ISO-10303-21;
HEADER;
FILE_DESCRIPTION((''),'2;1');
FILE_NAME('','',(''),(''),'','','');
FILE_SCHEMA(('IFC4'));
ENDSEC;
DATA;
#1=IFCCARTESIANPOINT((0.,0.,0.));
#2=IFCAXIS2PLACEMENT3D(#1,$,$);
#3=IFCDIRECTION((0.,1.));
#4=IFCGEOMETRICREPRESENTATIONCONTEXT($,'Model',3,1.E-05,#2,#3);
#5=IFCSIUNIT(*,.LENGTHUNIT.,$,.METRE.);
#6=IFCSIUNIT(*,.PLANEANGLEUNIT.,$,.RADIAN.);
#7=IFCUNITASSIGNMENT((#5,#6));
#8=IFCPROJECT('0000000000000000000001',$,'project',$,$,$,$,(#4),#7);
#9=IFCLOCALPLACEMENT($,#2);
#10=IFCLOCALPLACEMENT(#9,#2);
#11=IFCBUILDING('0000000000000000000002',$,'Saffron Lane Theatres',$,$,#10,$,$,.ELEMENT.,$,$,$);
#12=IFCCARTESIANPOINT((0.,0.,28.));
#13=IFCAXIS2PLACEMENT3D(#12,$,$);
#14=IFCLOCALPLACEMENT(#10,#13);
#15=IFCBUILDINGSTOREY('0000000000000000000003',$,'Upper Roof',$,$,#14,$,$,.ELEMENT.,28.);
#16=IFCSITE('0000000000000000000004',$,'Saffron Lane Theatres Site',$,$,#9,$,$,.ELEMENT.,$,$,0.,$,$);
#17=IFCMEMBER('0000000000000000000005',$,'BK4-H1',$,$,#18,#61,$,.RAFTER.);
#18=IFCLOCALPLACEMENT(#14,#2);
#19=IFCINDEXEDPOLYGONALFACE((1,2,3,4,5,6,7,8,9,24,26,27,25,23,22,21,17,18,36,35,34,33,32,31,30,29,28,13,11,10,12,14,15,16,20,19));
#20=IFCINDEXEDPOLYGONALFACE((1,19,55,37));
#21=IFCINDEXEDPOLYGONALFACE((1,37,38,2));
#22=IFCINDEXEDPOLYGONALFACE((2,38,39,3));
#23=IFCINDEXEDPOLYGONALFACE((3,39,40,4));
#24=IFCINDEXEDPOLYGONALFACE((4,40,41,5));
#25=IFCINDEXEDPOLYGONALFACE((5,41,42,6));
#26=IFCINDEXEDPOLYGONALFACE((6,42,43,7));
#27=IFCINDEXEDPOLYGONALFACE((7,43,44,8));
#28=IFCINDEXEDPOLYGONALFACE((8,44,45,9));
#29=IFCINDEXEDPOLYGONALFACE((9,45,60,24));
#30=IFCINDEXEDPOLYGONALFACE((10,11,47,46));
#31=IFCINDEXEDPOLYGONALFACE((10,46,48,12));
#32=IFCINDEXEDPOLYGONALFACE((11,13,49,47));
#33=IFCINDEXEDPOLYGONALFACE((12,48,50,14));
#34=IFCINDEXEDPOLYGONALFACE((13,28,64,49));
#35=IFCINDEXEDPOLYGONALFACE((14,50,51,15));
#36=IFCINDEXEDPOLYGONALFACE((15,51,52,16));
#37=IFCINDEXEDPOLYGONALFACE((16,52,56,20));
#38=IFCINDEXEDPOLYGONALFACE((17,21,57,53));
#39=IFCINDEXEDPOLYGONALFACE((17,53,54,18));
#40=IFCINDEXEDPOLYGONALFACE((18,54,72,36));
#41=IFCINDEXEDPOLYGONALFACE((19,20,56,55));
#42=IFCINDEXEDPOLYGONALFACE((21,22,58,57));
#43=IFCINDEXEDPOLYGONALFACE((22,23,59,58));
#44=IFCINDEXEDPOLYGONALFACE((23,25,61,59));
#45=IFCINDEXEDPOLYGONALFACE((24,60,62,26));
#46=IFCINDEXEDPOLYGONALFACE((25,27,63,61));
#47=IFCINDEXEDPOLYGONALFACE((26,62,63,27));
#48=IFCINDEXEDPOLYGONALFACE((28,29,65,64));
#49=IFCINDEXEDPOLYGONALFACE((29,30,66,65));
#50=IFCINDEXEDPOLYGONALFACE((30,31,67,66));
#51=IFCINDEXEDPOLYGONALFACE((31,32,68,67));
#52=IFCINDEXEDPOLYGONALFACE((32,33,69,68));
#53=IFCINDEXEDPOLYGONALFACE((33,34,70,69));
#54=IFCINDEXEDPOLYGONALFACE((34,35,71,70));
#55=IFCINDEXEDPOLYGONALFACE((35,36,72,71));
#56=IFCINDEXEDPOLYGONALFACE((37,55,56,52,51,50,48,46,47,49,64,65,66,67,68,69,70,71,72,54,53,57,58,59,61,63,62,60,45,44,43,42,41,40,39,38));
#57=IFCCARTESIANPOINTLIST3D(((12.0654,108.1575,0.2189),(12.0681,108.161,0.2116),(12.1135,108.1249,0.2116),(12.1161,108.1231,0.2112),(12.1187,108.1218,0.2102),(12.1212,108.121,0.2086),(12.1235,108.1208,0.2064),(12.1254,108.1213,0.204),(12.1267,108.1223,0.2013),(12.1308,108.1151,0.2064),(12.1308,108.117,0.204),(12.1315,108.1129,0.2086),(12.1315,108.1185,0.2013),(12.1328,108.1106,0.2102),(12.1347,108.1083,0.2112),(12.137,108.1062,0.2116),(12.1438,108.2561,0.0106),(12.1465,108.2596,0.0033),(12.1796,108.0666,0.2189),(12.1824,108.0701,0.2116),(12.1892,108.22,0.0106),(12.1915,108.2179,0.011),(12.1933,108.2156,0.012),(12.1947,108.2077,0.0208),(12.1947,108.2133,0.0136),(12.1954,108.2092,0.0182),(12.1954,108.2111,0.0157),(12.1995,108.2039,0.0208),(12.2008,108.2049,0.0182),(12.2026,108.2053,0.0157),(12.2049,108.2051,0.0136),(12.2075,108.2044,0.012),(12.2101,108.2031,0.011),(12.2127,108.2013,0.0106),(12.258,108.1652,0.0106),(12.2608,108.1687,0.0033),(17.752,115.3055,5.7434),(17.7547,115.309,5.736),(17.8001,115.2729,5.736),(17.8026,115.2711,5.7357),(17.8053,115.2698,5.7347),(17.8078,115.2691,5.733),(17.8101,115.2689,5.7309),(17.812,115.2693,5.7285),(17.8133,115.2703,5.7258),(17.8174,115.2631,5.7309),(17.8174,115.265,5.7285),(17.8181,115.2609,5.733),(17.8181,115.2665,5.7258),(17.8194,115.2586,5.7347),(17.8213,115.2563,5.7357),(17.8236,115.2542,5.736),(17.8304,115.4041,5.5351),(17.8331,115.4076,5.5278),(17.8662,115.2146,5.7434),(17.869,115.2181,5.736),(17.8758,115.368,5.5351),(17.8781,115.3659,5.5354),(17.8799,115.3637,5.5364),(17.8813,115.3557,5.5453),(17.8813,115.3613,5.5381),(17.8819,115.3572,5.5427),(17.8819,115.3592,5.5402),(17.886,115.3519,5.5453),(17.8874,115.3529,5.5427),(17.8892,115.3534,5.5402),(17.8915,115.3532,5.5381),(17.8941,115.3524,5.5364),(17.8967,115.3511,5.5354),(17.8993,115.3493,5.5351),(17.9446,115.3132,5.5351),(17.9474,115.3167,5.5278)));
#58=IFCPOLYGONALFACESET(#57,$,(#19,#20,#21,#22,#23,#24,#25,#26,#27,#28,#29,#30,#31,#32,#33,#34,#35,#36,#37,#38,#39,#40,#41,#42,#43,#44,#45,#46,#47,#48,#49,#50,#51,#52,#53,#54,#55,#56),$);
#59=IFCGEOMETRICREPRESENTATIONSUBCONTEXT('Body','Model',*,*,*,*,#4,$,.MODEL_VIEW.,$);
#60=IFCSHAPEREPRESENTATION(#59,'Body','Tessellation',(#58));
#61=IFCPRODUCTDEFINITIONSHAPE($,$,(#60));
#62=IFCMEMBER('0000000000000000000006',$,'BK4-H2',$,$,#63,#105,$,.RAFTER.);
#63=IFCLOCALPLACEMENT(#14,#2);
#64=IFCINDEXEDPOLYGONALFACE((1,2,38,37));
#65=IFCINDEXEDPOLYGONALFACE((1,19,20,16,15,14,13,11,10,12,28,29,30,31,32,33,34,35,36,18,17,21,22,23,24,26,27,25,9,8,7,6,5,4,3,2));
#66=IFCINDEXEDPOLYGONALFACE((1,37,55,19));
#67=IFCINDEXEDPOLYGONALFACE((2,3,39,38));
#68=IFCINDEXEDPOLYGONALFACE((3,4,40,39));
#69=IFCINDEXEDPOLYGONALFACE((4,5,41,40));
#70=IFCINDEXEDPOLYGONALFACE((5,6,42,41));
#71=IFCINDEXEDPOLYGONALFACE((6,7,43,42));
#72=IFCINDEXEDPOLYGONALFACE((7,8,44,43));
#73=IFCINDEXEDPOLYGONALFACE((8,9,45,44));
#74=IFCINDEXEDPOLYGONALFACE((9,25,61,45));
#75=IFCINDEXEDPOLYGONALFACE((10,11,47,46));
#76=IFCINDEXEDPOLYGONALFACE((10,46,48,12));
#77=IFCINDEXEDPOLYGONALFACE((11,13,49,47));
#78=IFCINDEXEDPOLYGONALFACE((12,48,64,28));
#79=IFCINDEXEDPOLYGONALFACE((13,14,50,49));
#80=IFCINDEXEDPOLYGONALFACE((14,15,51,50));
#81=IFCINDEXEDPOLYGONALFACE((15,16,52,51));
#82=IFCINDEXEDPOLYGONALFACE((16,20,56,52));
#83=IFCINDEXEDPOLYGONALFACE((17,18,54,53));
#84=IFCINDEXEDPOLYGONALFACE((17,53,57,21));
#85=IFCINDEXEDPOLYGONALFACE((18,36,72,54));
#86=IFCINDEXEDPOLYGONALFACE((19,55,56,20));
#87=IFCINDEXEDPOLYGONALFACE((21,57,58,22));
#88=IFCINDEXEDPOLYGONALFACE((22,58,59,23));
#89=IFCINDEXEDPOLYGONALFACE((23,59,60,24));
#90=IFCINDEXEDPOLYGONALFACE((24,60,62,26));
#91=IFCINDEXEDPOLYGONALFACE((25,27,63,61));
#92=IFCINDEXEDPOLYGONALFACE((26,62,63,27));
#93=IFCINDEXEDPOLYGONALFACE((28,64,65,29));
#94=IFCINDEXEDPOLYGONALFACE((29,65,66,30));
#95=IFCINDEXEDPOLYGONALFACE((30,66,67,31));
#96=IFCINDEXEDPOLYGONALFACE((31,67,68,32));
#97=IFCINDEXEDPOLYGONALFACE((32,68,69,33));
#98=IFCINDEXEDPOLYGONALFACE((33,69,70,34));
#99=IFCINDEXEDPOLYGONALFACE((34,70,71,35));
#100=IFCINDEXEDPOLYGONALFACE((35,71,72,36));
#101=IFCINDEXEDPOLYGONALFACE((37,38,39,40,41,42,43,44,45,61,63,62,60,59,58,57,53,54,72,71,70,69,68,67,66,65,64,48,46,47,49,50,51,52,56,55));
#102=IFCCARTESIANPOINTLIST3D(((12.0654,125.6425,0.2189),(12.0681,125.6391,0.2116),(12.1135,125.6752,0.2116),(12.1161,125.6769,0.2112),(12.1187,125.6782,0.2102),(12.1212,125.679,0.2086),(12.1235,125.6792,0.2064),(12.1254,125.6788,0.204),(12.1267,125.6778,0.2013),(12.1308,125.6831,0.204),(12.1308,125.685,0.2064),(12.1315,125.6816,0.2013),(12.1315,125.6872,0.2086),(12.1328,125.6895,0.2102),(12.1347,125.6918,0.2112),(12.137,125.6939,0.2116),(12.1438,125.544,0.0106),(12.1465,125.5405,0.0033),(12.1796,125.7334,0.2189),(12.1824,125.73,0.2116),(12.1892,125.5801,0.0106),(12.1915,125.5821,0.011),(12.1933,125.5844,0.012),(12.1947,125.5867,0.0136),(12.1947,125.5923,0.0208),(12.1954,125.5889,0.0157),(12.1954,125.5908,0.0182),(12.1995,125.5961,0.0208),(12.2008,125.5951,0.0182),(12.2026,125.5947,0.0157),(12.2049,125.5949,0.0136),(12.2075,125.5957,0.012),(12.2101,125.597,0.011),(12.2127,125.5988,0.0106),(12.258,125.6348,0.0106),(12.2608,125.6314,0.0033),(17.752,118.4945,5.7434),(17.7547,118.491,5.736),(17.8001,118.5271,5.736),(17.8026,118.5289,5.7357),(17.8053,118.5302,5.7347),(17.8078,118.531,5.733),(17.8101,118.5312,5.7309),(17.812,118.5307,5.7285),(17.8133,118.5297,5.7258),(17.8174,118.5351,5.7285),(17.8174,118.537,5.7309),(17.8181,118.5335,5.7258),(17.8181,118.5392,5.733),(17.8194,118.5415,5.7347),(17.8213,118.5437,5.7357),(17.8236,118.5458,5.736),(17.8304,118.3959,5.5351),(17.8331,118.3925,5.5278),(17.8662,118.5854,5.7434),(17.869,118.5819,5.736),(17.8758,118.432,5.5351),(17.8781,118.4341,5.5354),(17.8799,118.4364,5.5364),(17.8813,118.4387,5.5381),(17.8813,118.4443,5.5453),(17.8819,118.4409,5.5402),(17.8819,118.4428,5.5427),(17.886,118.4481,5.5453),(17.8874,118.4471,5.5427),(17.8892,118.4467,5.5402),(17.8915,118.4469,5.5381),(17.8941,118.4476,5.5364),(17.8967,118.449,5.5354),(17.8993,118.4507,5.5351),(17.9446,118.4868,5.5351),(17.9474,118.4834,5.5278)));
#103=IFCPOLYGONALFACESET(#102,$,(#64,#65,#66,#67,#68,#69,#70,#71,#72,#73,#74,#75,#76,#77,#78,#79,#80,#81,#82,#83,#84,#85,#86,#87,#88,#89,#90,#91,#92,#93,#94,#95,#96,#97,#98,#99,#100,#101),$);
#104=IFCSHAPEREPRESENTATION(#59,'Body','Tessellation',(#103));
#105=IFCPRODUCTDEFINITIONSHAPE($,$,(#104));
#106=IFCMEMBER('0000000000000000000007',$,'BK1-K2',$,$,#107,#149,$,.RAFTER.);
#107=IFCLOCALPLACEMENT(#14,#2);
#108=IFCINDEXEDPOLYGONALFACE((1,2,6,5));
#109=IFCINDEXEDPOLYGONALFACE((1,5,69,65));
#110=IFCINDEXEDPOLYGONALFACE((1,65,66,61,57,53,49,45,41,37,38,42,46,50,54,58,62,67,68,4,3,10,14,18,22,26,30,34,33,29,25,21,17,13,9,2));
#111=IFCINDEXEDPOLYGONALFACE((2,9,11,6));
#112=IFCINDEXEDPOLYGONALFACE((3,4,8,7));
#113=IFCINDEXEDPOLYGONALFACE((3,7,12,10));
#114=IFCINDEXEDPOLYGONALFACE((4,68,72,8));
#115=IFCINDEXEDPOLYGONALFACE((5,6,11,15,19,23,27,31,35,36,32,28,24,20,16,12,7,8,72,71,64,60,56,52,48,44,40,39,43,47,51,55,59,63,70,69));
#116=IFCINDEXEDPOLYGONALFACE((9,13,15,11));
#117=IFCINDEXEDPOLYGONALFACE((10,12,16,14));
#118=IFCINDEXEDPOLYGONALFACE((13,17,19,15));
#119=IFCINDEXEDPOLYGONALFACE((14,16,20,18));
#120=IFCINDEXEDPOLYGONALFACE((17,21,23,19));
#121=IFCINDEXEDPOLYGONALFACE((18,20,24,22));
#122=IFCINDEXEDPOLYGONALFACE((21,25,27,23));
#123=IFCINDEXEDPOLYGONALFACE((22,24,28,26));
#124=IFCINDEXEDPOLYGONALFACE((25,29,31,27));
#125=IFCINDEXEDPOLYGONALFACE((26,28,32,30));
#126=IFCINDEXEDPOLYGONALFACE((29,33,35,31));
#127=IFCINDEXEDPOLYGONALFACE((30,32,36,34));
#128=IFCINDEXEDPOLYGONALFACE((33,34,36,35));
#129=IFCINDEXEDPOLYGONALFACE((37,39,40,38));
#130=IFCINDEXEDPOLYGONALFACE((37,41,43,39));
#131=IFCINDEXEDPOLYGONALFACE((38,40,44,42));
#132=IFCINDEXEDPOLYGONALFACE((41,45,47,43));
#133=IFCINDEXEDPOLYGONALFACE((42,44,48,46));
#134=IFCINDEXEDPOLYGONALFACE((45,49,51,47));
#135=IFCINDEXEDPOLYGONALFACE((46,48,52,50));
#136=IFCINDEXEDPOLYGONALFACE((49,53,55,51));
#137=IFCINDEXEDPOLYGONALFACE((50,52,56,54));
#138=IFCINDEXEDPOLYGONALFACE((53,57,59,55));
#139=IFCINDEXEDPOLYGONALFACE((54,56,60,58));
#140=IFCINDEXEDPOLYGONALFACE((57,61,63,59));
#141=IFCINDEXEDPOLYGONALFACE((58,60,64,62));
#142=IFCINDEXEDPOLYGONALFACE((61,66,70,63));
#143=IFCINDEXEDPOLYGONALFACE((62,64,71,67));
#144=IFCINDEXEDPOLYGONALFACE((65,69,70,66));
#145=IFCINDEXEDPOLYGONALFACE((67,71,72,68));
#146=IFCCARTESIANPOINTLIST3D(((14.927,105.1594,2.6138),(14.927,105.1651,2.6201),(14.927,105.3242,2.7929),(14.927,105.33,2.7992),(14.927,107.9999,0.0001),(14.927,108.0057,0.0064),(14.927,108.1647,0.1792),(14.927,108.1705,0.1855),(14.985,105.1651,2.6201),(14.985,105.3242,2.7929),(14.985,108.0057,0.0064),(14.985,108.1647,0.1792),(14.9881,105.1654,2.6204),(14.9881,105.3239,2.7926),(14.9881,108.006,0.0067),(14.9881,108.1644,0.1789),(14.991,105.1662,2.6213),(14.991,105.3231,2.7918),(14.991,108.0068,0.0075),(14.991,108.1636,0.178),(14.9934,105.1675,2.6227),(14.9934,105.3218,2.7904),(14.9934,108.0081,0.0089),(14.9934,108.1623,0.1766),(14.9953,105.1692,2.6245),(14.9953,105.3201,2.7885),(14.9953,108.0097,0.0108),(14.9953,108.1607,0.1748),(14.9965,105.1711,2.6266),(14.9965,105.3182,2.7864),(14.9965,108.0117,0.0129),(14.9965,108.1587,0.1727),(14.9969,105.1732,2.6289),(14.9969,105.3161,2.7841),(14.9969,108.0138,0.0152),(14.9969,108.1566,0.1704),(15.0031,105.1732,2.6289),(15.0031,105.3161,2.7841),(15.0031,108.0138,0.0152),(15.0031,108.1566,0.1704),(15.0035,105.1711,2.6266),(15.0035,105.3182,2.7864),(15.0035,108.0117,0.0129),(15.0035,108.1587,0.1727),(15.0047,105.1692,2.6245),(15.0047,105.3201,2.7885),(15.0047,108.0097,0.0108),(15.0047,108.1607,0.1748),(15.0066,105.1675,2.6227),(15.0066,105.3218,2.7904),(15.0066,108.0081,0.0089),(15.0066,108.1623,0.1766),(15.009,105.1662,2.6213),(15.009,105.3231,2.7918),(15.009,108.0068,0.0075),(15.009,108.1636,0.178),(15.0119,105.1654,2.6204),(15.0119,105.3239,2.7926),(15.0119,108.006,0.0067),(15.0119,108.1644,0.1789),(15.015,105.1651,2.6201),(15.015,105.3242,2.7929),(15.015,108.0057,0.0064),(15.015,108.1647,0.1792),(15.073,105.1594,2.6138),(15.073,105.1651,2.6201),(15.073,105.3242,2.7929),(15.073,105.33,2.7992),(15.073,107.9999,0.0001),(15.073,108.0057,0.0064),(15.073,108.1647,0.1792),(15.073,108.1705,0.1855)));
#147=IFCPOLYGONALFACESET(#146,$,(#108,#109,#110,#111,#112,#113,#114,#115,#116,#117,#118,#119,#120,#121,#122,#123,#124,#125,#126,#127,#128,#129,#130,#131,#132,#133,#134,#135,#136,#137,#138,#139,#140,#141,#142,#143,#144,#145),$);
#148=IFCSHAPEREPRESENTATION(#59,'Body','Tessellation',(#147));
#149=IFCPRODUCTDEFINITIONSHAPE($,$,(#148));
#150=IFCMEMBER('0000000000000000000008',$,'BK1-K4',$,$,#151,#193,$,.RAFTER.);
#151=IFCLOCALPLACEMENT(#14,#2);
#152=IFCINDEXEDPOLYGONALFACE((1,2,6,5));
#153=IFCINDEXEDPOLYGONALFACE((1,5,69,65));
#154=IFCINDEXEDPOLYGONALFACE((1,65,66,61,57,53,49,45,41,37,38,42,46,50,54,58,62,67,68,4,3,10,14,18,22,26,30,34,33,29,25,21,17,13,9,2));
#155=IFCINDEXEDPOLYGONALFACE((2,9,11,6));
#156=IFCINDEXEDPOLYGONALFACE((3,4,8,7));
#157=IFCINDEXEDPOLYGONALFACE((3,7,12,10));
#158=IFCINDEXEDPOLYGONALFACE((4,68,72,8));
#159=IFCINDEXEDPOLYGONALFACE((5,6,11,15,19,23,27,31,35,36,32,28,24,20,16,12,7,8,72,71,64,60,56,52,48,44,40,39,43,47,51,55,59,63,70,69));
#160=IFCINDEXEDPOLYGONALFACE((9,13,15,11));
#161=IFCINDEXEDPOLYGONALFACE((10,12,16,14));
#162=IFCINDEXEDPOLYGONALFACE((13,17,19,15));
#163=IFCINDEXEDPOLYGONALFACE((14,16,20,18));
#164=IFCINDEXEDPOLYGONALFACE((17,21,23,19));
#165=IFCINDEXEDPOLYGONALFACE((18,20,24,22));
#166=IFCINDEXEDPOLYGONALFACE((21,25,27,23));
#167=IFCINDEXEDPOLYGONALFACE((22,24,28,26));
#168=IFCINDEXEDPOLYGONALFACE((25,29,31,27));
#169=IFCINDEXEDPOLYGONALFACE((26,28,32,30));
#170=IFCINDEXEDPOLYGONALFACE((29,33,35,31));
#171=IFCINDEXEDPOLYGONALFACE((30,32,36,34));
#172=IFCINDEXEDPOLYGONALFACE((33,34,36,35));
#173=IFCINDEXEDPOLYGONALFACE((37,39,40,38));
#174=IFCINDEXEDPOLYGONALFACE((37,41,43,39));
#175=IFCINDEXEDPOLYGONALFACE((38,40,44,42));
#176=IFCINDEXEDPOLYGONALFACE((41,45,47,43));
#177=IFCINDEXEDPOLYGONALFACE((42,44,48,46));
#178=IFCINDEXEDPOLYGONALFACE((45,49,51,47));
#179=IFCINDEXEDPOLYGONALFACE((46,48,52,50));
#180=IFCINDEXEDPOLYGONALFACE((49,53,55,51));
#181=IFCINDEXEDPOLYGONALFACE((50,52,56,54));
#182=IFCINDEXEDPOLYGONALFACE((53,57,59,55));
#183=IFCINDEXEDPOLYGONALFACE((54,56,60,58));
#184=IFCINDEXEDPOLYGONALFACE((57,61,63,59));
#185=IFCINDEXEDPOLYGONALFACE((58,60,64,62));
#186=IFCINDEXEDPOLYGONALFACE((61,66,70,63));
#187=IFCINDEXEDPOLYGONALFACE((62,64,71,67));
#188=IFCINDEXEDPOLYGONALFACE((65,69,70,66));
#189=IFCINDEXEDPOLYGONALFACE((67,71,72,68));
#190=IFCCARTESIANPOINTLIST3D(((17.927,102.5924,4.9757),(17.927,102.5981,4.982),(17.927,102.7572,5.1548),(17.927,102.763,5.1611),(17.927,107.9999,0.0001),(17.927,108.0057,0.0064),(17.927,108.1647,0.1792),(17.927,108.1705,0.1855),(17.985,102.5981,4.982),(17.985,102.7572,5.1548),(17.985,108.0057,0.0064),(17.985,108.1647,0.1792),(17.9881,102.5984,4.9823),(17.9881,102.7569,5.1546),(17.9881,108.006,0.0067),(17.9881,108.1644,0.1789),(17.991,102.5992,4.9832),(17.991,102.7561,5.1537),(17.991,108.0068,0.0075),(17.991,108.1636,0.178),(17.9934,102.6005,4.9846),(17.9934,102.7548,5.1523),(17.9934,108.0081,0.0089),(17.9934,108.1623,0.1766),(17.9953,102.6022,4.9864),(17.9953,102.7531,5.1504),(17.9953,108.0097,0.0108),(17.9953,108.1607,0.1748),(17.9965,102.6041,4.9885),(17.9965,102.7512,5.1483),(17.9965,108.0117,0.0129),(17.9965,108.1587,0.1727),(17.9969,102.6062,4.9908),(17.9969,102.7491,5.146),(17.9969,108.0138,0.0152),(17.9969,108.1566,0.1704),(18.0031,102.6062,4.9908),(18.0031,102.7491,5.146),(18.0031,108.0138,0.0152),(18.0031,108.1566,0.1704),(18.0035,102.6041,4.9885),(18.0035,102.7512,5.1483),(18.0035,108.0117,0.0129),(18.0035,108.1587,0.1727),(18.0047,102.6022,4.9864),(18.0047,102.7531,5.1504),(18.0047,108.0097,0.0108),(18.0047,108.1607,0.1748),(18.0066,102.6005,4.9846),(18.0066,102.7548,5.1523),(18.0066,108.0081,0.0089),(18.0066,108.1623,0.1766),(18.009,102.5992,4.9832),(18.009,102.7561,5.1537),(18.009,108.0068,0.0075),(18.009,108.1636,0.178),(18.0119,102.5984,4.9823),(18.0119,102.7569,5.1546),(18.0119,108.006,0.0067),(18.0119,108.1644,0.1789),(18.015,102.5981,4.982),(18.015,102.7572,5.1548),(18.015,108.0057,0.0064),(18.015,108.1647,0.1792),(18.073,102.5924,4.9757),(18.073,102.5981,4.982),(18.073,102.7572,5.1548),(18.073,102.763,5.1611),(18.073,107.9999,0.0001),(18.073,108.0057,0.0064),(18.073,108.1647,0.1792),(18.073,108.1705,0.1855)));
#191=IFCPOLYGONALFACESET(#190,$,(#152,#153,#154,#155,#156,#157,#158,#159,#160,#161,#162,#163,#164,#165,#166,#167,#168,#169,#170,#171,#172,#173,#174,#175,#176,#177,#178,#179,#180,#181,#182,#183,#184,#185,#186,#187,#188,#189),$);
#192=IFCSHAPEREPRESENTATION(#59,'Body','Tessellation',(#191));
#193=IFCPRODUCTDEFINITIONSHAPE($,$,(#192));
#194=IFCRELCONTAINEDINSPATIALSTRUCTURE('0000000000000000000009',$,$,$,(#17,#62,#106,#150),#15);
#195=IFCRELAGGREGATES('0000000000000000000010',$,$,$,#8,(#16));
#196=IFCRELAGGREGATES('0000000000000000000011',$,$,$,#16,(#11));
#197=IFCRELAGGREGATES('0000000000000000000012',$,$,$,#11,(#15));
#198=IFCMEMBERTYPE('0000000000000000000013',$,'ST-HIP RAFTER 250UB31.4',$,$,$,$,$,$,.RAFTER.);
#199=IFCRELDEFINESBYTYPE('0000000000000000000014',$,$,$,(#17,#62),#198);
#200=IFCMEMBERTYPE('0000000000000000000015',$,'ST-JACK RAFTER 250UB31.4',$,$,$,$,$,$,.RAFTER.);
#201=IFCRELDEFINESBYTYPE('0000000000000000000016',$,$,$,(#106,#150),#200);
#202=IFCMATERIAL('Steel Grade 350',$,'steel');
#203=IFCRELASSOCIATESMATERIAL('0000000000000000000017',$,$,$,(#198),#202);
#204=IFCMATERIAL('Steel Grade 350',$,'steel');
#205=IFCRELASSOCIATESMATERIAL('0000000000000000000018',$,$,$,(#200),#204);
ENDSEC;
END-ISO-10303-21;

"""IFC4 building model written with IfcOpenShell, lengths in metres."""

from ifc_helpers import new_model, si_unit, direction, frame, origin, origin_2d, place, context, subcontext, project, spatial, i_section, extrude, material, material_profile, profile_set, type_object, element, save


model = new_model("IFC4")

# Units and contexts
model_context = context("Model", 3, precision=1e-05, world=origin(), true_north=direction((0.0, 1.0)))
body_context = subcontext(model_context, "Body", "Model", "MODEL_VIEW")
ifc_project = project(units=[si_unit("LENGTHUNIT", "METRE"), si_unit("PLANEANGLEUNIT", "RADIAN")], contexts=[model_context])

# Site, building, storey
site_placement = place(None, origin())
site = spatial("IfcSite", under=ifc_project, at=site_placement, Name="Saffron Lane Theatres Site", CompositionType="ELEMENT", RefElevation=0.0)
building_placement = place(site_placement, origin())
building = spatial("IfcBuilding", under=site, at=building_placement, Name="Saffron Lane Theatres", CompositionType="ELEMENT")
storey_placement = place(building_placement, frame((0.0, 0.0, 28.0)))
storey = spatial("IfcBuildingStorey", under=building, at=storey_placement, Name="Upper Roof", CompositionType="ELEMENT", Elevation=28.0)

# Members
ifc_material_1 = material(Name="Steel Grade 350", Category="steel")
ifc_material_profile_1 = material_profile(ifc_material_1, i_section(OverallWidth=0.146, OverallDepth=0.252, WebThickness=0.0061, FlangeThickness=0.0085, FilletRadius=0.012, at=origin_2d()))
ifc_profile_set_1 = profile_set([ifc_material_profile_1], Name="Steel Grade 350")
member_type_1 = type_object("IfcMemberType", Name="ST-HIP RAFTER 250UB31.4", PredefinedType="RAFTER", material=ifc_profile_set_1)
for number, where, z_axis, x_axis, name in (
    (1, (12.1631, 108.1631, 0.1111), (0.532711, 0.669617, 0.517525), (-0.782566, 0.622567, 0.0), "BK4-H1"),
    (2, (12.1631, 125.637, 0.1111), (0.532711, -0.669617, 0.517525), (0.782566, 0.622567, 0.0), "BK4-H2"),
):
    element("IfcMember", number, at=place(storey_placement, frame(where, z_axis=z_axis, x_axis=x_axis)), inside=storey, type_object=member_type_1, Name=name, PredefinedType="RAFTER", context=body_context, shape_type="SweptSolid", body=[
        extrude(i_section(OverallWidth=0.146, OverallDepth=0.252, WebThickness=0.0061, FlangeThickness=0.0085, FilletRadius=0.012, at=origin_2d()), origin(), (0.0, 0.0, 1.0), 10.6748),
    ])
ifc_material_2 = material(Name="Steel Grade 350", Category="steel")
ifc_material_profile_2 = material_profile(ifc_material_2, i_section(OverallWidth=0.146, OverallDepth=0.252, WebThickness=0.0061, FlangeThickness=0.0085, FilletRadius=0.012, at=origin_2d()))
ifc_profile_set_2 = profile_set([ifc_material_profile_2], Name="Steel Grade 350")
member_type_2 = type_object("IfcMemberType", Name="ST-JACK RAFTER 250UB31.4", PredefinedType="RAFTER", material=ifc_profile_set_2)
member_1_placement = place(storey_placement, frame((15.0, 108.0852, 0.0928), z_axis=(0.0, -0.735874, 0.677118), x_axis=(1.0, 0.0, 0.0)))
element("IfcMember", 3, at=member_1_placement, inside=storey, type_object=member_type_2, Name="BK1-K2", PredefinedType="RAFTER", context=body_context, shape_type="SweptSolid", body=[
    extrude(i_section(OverallWidth=0.146, OverallDepth=0.252, WebThickness=0.0061, FlangeThickness=0.0085, FilletRadius=0.012, at=origin_2d()), origin(), (0.0, 0.0, 1.0), 3.8601),
])
member_2_placement = place(storey_placement, frame((18.0, 108.0852, 0.0928), z_axis=(0.0, -0.735883, 0.677109), x_axis=(1.0, 0.0, 0.0)))
element("IfcMember", 4, at=member_2_placement, inside=storey, type_object=member_type_2, Name="BK1-K4", PredefinedType="RAFTER", context=body_context, shape_type="SweptSolid", body=[
    extrude(i_section(OverallWidth=0.146, OverallDepth=0.252, WebThickness=0.0061, FlangeThickness=0.0085, FilletRadius=0.012, at=origin_2d()), origin(), (0.0, 0.0, 1.0), 7.3484),
])

save(model, "model.ifc")
